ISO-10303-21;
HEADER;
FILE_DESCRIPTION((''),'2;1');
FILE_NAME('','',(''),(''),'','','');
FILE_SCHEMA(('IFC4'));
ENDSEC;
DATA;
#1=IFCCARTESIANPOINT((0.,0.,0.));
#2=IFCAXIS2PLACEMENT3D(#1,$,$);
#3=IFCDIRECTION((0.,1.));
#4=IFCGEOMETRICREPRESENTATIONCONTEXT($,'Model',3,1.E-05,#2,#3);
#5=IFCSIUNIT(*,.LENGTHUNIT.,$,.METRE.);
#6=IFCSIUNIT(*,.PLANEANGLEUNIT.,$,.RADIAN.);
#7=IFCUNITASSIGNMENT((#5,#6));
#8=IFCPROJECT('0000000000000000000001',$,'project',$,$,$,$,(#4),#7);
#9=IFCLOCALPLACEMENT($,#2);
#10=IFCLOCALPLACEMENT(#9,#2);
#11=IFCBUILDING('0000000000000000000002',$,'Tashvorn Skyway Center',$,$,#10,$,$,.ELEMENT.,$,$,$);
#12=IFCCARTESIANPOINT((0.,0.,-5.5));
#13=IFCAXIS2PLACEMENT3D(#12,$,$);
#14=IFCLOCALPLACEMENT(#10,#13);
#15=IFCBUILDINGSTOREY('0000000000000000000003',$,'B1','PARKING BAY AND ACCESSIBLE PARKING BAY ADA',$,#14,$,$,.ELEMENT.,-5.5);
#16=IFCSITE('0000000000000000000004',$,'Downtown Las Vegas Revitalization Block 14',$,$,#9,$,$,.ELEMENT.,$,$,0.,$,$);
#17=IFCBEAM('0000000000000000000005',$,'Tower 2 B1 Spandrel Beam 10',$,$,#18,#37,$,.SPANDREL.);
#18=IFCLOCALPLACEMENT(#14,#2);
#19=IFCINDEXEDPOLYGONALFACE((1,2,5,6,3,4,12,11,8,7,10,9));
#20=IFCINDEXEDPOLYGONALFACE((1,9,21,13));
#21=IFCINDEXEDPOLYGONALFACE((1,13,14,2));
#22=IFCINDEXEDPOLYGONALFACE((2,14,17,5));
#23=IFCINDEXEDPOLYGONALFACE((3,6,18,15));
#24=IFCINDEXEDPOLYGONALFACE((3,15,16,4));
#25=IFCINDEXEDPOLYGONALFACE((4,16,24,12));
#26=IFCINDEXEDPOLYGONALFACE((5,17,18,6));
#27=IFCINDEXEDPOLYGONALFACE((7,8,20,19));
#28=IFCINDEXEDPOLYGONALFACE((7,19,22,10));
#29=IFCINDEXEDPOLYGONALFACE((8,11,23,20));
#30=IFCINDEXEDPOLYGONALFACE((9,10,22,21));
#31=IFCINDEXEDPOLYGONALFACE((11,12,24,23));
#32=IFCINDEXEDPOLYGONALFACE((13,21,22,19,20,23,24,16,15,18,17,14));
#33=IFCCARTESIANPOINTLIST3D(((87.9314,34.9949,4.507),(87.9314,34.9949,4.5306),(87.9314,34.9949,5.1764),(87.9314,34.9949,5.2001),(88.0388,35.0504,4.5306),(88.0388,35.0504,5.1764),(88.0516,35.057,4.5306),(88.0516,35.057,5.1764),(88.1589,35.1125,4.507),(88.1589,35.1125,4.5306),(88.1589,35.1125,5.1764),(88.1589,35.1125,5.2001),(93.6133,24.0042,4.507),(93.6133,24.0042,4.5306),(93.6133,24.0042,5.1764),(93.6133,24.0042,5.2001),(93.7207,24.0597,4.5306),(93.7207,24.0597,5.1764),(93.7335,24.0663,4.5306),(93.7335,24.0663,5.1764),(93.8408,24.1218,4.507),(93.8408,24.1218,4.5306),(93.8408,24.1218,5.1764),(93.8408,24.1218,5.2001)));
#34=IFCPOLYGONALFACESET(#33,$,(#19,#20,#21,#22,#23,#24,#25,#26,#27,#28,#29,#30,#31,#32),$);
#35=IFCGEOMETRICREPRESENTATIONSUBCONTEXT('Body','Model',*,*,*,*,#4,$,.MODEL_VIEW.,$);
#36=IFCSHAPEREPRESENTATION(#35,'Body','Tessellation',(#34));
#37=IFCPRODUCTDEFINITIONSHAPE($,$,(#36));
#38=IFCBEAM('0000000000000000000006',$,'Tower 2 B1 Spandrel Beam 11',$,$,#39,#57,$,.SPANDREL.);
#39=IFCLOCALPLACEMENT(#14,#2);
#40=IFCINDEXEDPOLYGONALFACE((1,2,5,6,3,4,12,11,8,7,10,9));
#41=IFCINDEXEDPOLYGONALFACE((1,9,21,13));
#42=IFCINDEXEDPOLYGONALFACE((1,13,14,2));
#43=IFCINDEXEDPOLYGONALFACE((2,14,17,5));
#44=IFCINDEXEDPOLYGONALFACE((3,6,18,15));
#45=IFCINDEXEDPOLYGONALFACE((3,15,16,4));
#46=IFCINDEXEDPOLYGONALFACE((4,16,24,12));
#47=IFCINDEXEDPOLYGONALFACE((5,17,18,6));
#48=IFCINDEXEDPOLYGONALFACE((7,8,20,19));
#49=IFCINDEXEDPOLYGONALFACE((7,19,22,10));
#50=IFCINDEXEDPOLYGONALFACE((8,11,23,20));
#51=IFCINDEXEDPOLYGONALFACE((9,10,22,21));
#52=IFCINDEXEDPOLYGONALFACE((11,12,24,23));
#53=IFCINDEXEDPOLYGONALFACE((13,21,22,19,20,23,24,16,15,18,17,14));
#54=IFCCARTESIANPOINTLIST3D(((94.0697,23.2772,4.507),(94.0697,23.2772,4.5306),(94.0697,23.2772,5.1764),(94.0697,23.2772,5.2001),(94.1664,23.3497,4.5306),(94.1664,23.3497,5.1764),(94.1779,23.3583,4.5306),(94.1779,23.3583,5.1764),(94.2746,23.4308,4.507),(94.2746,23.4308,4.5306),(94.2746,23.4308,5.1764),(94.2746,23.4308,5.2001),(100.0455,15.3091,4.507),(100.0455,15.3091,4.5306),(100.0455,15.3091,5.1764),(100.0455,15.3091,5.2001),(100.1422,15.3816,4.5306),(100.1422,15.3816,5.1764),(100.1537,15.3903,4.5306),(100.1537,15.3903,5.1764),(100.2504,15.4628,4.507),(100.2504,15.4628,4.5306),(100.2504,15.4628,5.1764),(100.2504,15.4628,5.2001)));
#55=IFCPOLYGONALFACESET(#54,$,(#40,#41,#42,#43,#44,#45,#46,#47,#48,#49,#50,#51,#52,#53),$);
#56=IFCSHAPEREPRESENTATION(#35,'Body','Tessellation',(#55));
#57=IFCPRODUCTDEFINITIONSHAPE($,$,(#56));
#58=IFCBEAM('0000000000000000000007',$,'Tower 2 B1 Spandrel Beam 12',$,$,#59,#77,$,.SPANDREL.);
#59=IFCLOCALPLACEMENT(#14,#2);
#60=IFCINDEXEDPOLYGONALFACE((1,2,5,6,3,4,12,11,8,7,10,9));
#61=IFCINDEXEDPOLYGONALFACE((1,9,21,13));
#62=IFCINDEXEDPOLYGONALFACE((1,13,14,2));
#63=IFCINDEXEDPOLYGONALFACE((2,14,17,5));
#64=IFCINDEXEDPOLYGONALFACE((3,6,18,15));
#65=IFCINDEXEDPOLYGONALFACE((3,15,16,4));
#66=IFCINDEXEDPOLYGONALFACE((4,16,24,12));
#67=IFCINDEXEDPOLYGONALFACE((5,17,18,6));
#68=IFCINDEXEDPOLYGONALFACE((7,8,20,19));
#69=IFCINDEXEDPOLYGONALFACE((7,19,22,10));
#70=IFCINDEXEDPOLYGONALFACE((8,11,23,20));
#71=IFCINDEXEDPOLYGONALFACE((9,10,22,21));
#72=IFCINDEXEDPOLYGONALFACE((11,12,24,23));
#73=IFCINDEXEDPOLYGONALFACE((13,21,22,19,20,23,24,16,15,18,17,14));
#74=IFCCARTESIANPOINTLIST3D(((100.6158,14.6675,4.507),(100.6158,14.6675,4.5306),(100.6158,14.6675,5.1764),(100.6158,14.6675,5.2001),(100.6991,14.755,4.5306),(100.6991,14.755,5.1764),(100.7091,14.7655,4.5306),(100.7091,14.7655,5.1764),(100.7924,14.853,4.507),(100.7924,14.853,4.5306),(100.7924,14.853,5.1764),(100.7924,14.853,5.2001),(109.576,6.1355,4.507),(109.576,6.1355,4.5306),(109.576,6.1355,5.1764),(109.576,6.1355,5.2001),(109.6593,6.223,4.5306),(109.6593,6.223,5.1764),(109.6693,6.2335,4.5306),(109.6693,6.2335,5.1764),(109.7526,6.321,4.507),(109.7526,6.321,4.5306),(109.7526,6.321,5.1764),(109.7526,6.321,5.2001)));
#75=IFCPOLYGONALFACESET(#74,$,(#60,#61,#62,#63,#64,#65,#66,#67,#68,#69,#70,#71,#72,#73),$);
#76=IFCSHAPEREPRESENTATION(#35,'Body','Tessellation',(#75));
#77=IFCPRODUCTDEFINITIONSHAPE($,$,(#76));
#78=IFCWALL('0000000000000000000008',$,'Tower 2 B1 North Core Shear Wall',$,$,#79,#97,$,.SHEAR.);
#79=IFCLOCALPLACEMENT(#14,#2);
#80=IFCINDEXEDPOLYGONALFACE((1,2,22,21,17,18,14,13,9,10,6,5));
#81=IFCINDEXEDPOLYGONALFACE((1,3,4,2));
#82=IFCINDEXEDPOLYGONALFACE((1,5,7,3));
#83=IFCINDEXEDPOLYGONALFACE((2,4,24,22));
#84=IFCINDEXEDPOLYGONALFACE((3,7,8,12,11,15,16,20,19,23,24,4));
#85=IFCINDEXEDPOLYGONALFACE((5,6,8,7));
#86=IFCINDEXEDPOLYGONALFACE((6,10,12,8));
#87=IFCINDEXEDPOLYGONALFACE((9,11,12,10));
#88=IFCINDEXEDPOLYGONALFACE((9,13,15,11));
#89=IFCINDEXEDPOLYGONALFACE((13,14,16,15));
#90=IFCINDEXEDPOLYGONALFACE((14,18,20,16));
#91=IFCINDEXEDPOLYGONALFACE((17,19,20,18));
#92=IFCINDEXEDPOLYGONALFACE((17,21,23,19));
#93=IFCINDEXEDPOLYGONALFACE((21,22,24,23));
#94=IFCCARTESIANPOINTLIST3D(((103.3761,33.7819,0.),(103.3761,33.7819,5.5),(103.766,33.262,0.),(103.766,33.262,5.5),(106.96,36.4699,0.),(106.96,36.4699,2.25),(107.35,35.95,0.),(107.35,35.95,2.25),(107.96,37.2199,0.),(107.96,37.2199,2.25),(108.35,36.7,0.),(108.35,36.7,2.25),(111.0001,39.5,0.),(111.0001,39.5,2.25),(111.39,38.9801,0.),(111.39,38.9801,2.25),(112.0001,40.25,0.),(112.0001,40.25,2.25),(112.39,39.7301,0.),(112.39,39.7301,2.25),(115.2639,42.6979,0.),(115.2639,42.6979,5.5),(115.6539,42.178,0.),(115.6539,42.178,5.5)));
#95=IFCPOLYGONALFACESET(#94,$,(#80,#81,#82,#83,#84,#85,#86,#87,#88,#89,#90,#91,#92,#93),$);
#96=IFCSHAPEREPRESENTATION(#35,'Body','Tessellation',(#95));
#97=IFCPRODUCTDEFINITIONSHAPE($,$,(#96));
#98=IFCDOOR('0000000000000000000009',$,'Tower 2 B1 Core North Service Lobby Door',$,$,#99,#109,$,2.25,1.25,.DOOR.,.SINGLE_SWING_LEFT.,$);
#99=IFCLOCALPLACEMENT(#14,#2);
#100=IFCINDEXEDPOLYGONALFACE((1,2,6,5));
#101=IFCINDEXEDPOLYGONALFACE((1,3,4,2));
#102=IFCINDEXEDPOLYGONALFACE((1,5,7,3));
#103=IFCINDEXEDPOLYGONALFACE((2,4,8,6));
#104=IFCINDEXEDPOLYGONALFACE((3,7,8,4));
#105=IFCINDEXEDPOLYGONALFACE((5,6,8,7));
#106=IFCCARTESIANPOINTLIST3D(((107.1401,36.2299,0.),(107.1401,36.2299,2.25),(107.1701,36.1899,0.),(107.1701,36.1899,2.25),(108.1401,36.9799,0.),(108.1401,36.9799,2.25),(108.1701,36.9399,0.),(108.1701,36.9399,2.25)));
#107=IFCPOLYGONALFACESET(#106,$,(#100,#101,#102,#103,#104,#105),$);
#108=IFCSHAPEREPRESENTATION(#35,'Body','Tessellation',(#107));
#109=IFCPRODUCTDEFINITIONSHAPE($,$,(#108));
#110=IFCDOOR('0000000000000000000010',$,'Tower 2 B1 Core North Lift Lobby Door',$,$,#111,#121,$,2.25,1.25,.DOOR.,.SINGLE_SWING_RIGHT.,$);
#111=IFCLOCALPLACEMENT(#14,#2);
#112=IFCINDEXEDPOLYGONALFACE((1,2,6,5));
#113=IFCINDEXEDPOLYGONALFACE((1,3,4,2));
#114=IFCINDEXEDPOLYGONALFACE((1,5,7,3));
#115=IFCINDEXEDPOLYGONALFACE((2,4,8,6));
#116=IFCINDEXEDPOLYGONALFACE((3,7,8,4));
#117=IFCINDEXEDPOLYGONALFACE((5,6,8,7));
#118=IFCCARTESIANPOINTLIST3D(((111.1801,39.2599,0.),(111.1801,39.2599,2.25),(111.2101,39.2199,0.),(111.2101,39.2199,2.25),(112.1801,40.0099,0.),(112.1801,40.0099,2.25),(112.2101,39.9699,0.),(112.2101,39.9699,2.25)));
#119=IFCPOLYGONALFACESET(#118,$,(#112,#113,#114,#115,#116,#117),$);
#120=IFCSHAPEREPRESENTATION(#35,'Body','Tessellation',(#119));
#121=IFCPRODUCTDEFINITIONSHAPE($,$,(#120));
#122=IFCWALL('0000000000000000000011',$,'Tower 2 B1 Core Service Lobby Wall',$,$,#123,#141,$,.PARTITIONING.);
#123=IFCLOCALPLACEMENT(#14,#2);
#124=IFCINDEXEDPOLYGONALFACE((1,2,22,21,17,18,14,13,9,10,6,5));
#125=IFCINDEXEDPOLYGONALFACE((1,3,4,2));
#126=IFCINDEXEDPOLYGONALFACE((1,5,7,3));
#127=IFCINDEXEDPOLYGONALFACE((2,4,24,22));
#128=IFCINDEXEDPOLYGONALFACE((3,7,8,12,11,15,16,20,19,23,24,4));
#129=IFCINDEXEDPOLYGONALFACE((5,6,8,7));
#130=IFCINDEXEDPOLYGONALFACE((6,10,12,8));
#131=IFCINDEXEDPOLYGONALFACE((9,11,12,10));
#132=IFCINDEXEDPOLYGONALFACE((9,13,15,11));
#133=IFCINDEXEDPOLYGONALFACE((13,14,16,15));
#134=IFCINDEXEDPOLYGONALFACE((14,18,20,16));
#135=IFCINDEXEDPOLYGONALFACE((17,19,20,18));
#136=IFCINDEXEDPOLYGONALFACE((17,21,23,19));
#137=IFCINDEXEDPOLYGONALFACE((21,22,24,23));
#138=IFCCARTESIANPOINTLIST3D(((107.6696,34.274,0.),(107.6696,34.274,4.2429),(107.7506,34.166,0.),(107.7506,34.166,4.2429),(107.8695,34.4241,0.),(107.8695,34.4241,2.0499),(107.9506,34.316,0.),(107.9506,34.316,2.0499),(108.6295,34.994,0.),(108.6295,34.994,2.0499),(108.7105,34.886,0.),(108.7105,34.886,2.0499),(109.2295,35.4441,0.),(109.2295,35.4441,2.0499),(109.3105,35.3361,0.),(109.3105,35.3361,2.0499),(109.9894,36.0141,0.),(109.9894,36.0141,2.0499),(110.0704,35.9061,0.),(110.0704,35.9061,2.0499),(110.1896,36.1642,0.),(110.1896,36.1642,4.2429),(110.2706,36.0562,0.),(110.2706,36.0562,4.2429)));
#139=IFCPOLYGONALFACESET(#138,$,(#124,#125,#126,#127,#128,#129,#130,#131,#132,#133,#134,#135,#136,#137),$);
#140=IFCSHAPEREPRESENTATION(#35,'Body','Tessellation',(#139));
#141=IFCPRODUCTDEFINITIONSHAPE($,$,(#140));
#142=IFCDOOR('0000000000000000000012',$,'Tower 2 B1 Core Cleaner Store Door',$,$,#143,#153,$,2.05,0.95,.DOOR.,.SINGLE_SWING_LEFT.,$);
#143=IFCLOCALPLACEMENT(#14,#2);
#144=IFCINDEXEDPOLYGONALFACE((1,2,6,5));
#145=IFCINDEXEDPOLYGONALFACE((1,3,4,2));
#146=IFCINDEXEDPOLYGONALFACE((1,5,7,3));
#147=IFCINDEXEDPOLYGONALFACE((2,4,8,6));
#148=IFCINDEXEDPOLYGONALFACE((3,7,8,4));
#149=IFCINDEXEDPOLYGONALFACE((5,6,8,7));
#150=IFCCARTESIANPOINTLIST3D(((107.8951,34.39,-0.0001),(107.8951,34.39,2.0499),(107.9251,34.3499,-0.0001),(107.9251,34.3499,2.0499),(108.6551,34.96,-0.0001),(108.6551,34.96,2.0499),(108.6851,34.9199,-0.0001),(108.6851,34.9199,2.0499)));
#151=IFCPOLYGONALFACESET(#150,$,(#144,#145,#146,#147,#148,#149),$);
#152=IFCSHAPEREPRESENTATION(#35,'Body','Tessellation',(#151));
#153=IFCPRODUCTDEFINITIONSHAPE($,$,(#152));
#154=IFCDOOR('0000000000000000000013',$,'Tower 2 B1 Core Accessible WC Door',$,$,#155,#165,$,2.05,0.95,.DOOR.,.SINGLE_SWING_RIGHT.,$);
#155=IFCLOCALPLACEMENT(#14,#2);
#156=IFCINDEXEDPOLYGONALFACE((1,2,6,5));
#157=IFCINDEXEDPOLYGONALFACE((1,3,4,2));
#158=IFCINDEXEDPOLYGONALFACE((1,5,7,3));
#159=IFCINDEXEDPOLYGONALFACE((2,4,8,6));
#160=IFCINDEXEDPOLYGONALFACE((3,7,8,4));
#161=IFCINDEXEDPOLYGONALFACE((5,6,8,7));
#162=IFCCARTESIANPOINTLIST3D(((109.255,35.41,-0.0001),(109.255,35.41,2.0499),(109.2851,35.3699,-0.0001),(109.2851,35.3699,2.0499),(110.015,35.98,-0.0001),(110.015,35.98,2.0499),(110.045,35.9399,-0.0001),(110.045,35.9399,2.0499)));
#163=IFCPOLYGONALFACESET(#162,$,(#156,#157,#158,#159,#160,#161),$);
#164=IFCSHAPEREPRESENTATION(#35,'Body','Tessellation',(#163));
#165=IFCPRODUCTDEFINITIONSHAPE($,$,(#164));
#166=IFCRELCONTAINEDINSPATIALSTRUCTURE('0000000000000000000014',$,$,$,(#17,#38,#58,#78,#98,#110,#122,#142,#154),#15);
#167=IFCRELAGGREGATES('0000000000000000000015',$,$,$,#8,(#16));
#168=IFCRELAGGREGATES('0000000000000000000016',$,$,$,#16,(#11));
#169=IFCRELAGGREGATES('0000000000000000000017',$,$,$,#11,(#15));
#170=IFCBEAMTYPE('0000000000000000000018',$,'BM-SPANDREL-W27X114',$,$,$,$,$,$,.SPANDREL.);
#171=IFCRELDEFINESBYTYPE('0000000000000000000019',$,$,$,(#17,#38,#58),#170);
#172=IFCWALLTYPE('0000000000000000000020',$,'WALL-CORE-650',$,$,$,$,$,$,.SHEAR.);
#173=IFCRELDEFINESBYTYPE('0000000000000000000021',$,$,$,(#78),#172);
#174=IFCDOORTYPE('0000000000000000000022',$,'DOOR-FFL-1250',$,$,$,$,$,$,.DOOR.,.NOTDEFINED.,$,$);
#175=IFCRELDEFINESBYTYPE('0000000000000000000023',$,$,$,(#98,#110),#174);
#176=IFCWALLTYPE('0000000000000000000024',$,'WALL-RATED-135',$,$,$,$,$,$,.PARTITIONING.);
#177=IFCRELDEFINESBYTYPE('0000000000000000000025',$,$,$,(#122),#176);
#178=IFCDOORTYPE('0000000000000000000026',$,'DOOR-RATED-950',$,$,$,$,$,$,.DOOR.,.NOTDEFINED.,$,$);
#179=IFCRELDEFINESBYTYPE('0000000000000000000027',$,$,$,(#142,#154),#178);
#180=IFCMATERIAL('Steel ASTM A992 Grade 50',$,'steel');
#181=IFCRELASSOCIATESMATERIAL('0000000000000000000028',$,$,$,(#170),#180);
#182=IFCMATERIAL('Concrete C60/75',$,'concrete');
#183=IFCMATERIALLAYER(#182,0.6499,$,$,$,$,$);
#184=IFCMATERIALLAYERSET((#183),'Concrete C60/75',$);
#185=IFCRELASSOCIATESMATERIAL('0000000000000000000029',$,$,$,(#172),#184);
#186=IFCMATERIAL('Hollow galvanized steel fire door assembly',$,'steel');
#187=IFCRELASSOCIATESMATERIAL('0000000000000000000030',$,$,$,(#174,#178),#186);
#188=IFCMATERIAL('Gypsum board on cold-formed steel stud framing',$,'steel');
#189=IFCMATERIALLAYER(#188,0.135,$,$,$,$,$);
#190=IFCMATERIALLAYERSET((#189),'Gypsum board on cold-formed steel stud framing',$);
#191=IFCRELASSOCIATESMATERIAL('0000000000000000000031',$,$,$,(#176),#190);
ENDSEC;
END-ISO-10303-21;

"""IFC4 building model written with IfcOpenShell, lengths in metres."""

from ifc_helpers import new_model, si_unit, direction, frame, frame_2d, origin, origin_2d, place, context, subcontext, project, spatial, rectangle, i_section, extrude, material, layer, layer_set, material_profile, profile_set, type_object, element, fill, save


model = new_model("IFC4")

# Units and contexts
model_context = context("Model", 3, precision=1e-05, world=origin(), true_north=direction((0.0, 1.0)))
body_context = subcontext(model_context, "Body", "Model", "MODEL_VIEW")
ifc_project = project(units=[si_unit("LENGTHUNIT", "METRE"), si_unit("PLANEANGLEUNIT", "RADIAN")], contexts=[model_context])

# Site, building, storey
site_placement = place(None, origin())
site = spatial("IfcSite", under=ifc_project, at=site_placement, Name="Downtown Las Vegas Revitalization Block 14", CompositionType="ELEMENT", RefElevation=0.0)
building_placement = place(site_placement, origin())
building = spatial("IfcBuilding", under=site, at=building_placement, Name="Tashvorn Skyway Center", CompositionType="ELEMENT")
storey_placement = place(building_placement, frame((0.0, 0.0, -5.5)))
storey = spatial("IfcBuildingStorey", under=building, at=storey_placement, Name="B1", Description="PARKING BAY AND ACCESSIBLE PARKING BAY ADA", CompositionType="ELEMENT", Elevation=-5.5)

# Beams
ifc_material_1 = material(Name="Steel ASTM A992 Grade 50", Category="steel")
ifc_material_profile_1 = material_profile(ifc_material_1, i_section(OverallWidth=0.2561, OverallDepth=0.6931, WebThickness=0.0144, FlangeThickness=0.0237, at=origin_2d()), Name="W27X114")
ifc_profile_set_1 = profile_set([ifc_material_profile_1], Name="Steel ASTM A992 Grade 50")
beam_type_1 = type_object("IfcBeamType", Name="BM-SPANDREL-W27X114", PredefinedType="SPANDREL", material=ifc_profile_set_1)
beam_1_placement = place(storey_placement, frame((88.0452, 35.0537, 4.8535), z_axis=(0.459233, -0.888316, 0.0), x_axis=(0.888316, 0.459233, 0.0)))
element("IfcBeam", 1, at=beam_1_placement, inside=storey, type_object=beam_type_1, Name="Tower 2 B1 Spandrel Beam 10", PredefinedType="SPANDREL", context=body_context, shape_type="SweptSolid", body=[
    extrude(i_section(OverallWidth=0.2561, OverallDepth=0.6931, WebThickness=0.0144, FlangeThickness=0.0237, at=origin_2d()), origin(), (0.0, 0.0, 1.0), 12.3726),
])
beam_2_placement = place(storey_placement, frame((94.1721, 23.354, 4.8535), z_axis=(0.599988, -0.800009, 0.0), x_axis=(0.800009, 0.599988, 0.0)))
element("IfcBeam", 2, at=beam_2_placement, inside=storey, type_object=beam_type_1, Name="Tower 2 B1 Spandrel Beam 11", PredefinedType="SPANDREL", context=body_context, shape_type="SweptSolid", body=[
    extrude(i_section(OverallWidth=0.2561, OverallDepth=0.6931, WebThickness=0.0144, FlangeThickness=0.0237, at=origin_2d()), origin(), (0.0, 0.0, 1.0), 9.96),
])
beam_3_placement = place(storey_placement, frame((100.7041, 14.7603, 4.8535), z_axis=(0.7242, -0.68959, 0.0), x_axis=(0.68959, 0.7242, 0.0)))
element("IfcBeam", 3, at=beam_3_placement, inside=storey, type_object=beam_type_1, Name="Tower 2 B1 Spandrel Beam 12", PredefinedType="SPANDREL", context=body_context, shape_type="SweptSolid", body=[
    extrude(i_section(OverallWidth=0.2561, OverallDepth=0.6931, WebThickness=0.0144, FlangeThickness=0.0237, at=origin_2d()), origin(), (0.0, 0.0, 1.0), 12.3726),
])

# Walls, openings, doors
ifc_material_2 = material(Name="Concrete C60/75", Category="concrete")
ifc_layer_1 = layer(ifc_material_2, 0.6499)
ifc_layer_set_1 = layer_set([ifc_layer_1], Name="Concrete C60/75")
wall_type_1 = type_object("IfcWallType", Name="WALL-CORE-650", PredefinedType="SHEAR", material=ifc_layer_set_1)
wall_1_placement = place(storey_placement, frame((103.571, 33.522, 0.0), z_axis=(0.0, 0.0, 1.0), x_axis=(0.799998, 0.600003, 0.0)))
wall_1 = element("IfcWall", 4, at=wall_1_placement, inside=storey, type_object=wall_type_1, Name="Tower 2 B1 North Core Shear Wall", PredefinedType="SHEAR", context=body_context, shape_type="SweptSolid", body=[
    extrude(rectangle(XDim=14.8599, YDim=0.6499, at=frame_2d((7.4299, 0.0))), origin(), (0.0, 0.0, 1.0), 5.5),
])
opening_1_placement = place(wall_1_placement, frame((4.48, 0.0, 0.0)))
opening_1 = element("IfcOpeningElement", 5, at=opening_1_placement, cuts=wall_1, PredefinedType="OPENING", context=body_context, shape_type="SweptSolid", body=[
    extrude(rectangle(XDim=1.25, YDim=2.25, at=frame_2d((0.625, 1.125))), frame((0.0, 0.335, 0.0), z_axis=(0.0, -1.0, 0.0), x_axis=(1.0, 0.0, 0.0)), (0.0, 0.0, 1.0), 0.6699),
])
opening_2_placement = place(wall_1_placement, frame((9.53, 0.0, 0.0)))
opening_2 = element("IfcOpeningElement", 6, at=opening_2_placement, cuts=wall_1, PredefinedType="OPENING", context=body_context, shape_type="SweptSolid", body=[
    extrude(rectangle(XDim=1.25, YDim=2.25, at=frame_2d((0.625, 1.125))), frame((0.0, 0.335, 0.0), z_axis=(0.0, -1.0, 0.0), x_axis=(1.0, 0.0, 0.0)), (0.0, 0.0, 1.0), 0.6699),
])
ifc_material_3 = material(Name="Hollow galvanized steel fire door assembly", Category="steel")
door_type_1 = type_object("IfcDoorType", Name="DOOR-FFL-1250", OperationType="NOTDEFINED", PredefinedType="DOOR", material=ifc_material_3)
door_1_placement = place(opening_1_placement, origin())
door_1 = element("IfcDoor", 7, at=door_1_placement, inside=storey, type_object=door_type_1, Name="Tower 2 B1 Core North Service Lobby Door", OperationType="SINGLE_SWING_LEFT", OverallHeight=2.25, OverallWidth=1.25, PredefinedType="DOOR", context=body_context, shape_type="SweptSolid", body=[
    extrude(rectangle(XDim=1.25, YDim=2.25, at=frame_2d((0.625, 1.125))), frame((0.0, 0.0249, 0.0), z_axis=(0.0, -1.0, 0.0), x_axis=(1.0, 0.0, 0.0)), (0.0, 0.0, 1.0), 0.05),
])
fill(opening_1, door_1)
door_2_placement = place(opening_2_placement, origin())
door_2 = element("IfcDoor", 8, at=door_2_placement, inside=storey, type_object=door_type_1, Name="Tower 2 B1 Core North Lift Lobby Door", OperationType="SINGLE_SWING_RIGHT", OverallHeight=2.25, OverallWidth=1.25, PredefinedType="DOOR", context=body_context, shape_type="SweptSolid", body=[
    extrude(rectangle(XDim=1.25, YDim=2.25, at=frame_2d((0.625, 1.125))), frame((0.0, 0.0249, 0.0), z_axis=(0.0, -1.0, 0.0), x_axis=(1.0, 0.0, 0.0)), (0.0, 0.0, 1.0), 0.05),
])
fill(opening_2, door_2)
ifc_material_4 = material(Name="Gypsum board on cold-formed steel stud framing", Category="steel")
ifc_layer_2 = layer(ifc_material_4, 0.135)
ifc_layer_set_2 = layer_set([ifc_layer_2], Name="Gypsum board on cold-formed steel stud framing")
wall_type_2 = type_object("IfcWallType", Name="WALL-RATED-135", PredefinedType="PARTITIONING", material=ifc_layer_set_2)
wall_2_placement = place(storey_placement, frame((107.71, 34.22, 0.0), z_axis=(0.0, 0.0, 1.0), x_axis=(0.799981, 0.600025, 0.0)))
wall_2 = element("IfcWall", 9, at=wall_2_placement, inside=storey, type_object=wall_type_2, Name="Tower 2 B1 Core Service Lobby Wall", PredefinedType="PARTITIONING", context=body_context, shape_type="SweptSolid", body=[
    extrude(rectangle(XDim=3.1501, YDim=0.135, at=frame_2d((1.5752, 0.0))), origin(), (0.0, 0.0, 1.0), 4.2429),
])
opening_3_placement = place(wall_2_placement, frame((0.25, 0.0, 0.0)))
opening_3 = element("IfcOpeningElement", 10, at=opening_3_placement, cuts=wall_2, PredefinedType="OPENING", context=body_context, shape_type="SweptSolid", body=[
    extrude(rectangle(XDim=0.95, YDim=2.05, at=frame_2d((0.4751, 1.0249))), frame((0.0, 0.0774, 0.0), z_axis=(0.0, -1.0, 0.0), x_axis=(1.0, 0.0, 0.0)), (0.0, 0.0, 1.0), 0.155),
])
opening_4_placement = place(wall_2_placement, frame((1.95, 0.0, 0.0)))
opening_4 = element("IfcOpeningElement", 11, at=opening_4_placement, cuts=wall_2, PredefinedType="OPENING", context=body_context, shape_type="SweptSolid", body=[
    extrude(rectangle(XDim=0.95, YDim=2.05, at=frame_2d((0.4751, 1.0249))), frame((0.0, 0.0774, 0.0), z_axis=(0.0, -1.0, 0.0), x_axis=(1.0, 0.0, 0.0)), (0.0, 0.0, 1.0), 0.155),
])
door_type_2 = type_object("IfcDoorType", Name="DOOR-RATED-950", OperationType="NOTDEFINED", PredefinedType="DOOR", material=ifc_material_3)
door_3_placement = place(opening_3_placement, origin())
door_3 = element("IfcDoor", 12, at=door_3_placement, inside=storey, type_object=door_type_2, Name="Tower 2 B1 Core Cleaner Store Door", OperationType="SINGLE_SWING_LEFT", OverallHeight=2.05, OverallWidth=0.95, PredefinedType="DOOR", context=body_context, shape_type="SweptSolid", body=[
    extrude(rectangle(XDim=0.95, YDim=2.05, at=frame_2d((0.4751, 1.0249))), frame((0.0, 0.0249, 0.0), z_axis=(0.0, -1.0, 0.0), x_axis=(1.0, 0.0, 0.0)), (0.0, 0.0, 1.0), 0.05),
])
fill(opening_3, door_3)
door_4_placement = place(opening_4_placement, origin())
door_4 = element("IfcDoor", 13, at=door_4_placement, inside=storey, type_object=door_type_2, Name="Tower 2 B1 Core Accessible WC Door", OperationType="SINGLE_SWING_RIGHT", OverallHeight=2.05, OverallWidth=0.95, PredefinedType="DOOR", context=body_context, shape_type="SweptSolid", body=[
    extrude(rectangle(XDim=0.95, YDim=2.05, at=frame_2d((0.4751, 1.0249))), frame((0.0, 0.0249, 0.0), z_axis=(0.0, -1.0, 0.0), x_axis=(1.0, 0.0, 0.0)), (0.0, 0.0, 1.0), 0.05),
])
fill(opening_4, door_4)

save(model, "model.ifc")
